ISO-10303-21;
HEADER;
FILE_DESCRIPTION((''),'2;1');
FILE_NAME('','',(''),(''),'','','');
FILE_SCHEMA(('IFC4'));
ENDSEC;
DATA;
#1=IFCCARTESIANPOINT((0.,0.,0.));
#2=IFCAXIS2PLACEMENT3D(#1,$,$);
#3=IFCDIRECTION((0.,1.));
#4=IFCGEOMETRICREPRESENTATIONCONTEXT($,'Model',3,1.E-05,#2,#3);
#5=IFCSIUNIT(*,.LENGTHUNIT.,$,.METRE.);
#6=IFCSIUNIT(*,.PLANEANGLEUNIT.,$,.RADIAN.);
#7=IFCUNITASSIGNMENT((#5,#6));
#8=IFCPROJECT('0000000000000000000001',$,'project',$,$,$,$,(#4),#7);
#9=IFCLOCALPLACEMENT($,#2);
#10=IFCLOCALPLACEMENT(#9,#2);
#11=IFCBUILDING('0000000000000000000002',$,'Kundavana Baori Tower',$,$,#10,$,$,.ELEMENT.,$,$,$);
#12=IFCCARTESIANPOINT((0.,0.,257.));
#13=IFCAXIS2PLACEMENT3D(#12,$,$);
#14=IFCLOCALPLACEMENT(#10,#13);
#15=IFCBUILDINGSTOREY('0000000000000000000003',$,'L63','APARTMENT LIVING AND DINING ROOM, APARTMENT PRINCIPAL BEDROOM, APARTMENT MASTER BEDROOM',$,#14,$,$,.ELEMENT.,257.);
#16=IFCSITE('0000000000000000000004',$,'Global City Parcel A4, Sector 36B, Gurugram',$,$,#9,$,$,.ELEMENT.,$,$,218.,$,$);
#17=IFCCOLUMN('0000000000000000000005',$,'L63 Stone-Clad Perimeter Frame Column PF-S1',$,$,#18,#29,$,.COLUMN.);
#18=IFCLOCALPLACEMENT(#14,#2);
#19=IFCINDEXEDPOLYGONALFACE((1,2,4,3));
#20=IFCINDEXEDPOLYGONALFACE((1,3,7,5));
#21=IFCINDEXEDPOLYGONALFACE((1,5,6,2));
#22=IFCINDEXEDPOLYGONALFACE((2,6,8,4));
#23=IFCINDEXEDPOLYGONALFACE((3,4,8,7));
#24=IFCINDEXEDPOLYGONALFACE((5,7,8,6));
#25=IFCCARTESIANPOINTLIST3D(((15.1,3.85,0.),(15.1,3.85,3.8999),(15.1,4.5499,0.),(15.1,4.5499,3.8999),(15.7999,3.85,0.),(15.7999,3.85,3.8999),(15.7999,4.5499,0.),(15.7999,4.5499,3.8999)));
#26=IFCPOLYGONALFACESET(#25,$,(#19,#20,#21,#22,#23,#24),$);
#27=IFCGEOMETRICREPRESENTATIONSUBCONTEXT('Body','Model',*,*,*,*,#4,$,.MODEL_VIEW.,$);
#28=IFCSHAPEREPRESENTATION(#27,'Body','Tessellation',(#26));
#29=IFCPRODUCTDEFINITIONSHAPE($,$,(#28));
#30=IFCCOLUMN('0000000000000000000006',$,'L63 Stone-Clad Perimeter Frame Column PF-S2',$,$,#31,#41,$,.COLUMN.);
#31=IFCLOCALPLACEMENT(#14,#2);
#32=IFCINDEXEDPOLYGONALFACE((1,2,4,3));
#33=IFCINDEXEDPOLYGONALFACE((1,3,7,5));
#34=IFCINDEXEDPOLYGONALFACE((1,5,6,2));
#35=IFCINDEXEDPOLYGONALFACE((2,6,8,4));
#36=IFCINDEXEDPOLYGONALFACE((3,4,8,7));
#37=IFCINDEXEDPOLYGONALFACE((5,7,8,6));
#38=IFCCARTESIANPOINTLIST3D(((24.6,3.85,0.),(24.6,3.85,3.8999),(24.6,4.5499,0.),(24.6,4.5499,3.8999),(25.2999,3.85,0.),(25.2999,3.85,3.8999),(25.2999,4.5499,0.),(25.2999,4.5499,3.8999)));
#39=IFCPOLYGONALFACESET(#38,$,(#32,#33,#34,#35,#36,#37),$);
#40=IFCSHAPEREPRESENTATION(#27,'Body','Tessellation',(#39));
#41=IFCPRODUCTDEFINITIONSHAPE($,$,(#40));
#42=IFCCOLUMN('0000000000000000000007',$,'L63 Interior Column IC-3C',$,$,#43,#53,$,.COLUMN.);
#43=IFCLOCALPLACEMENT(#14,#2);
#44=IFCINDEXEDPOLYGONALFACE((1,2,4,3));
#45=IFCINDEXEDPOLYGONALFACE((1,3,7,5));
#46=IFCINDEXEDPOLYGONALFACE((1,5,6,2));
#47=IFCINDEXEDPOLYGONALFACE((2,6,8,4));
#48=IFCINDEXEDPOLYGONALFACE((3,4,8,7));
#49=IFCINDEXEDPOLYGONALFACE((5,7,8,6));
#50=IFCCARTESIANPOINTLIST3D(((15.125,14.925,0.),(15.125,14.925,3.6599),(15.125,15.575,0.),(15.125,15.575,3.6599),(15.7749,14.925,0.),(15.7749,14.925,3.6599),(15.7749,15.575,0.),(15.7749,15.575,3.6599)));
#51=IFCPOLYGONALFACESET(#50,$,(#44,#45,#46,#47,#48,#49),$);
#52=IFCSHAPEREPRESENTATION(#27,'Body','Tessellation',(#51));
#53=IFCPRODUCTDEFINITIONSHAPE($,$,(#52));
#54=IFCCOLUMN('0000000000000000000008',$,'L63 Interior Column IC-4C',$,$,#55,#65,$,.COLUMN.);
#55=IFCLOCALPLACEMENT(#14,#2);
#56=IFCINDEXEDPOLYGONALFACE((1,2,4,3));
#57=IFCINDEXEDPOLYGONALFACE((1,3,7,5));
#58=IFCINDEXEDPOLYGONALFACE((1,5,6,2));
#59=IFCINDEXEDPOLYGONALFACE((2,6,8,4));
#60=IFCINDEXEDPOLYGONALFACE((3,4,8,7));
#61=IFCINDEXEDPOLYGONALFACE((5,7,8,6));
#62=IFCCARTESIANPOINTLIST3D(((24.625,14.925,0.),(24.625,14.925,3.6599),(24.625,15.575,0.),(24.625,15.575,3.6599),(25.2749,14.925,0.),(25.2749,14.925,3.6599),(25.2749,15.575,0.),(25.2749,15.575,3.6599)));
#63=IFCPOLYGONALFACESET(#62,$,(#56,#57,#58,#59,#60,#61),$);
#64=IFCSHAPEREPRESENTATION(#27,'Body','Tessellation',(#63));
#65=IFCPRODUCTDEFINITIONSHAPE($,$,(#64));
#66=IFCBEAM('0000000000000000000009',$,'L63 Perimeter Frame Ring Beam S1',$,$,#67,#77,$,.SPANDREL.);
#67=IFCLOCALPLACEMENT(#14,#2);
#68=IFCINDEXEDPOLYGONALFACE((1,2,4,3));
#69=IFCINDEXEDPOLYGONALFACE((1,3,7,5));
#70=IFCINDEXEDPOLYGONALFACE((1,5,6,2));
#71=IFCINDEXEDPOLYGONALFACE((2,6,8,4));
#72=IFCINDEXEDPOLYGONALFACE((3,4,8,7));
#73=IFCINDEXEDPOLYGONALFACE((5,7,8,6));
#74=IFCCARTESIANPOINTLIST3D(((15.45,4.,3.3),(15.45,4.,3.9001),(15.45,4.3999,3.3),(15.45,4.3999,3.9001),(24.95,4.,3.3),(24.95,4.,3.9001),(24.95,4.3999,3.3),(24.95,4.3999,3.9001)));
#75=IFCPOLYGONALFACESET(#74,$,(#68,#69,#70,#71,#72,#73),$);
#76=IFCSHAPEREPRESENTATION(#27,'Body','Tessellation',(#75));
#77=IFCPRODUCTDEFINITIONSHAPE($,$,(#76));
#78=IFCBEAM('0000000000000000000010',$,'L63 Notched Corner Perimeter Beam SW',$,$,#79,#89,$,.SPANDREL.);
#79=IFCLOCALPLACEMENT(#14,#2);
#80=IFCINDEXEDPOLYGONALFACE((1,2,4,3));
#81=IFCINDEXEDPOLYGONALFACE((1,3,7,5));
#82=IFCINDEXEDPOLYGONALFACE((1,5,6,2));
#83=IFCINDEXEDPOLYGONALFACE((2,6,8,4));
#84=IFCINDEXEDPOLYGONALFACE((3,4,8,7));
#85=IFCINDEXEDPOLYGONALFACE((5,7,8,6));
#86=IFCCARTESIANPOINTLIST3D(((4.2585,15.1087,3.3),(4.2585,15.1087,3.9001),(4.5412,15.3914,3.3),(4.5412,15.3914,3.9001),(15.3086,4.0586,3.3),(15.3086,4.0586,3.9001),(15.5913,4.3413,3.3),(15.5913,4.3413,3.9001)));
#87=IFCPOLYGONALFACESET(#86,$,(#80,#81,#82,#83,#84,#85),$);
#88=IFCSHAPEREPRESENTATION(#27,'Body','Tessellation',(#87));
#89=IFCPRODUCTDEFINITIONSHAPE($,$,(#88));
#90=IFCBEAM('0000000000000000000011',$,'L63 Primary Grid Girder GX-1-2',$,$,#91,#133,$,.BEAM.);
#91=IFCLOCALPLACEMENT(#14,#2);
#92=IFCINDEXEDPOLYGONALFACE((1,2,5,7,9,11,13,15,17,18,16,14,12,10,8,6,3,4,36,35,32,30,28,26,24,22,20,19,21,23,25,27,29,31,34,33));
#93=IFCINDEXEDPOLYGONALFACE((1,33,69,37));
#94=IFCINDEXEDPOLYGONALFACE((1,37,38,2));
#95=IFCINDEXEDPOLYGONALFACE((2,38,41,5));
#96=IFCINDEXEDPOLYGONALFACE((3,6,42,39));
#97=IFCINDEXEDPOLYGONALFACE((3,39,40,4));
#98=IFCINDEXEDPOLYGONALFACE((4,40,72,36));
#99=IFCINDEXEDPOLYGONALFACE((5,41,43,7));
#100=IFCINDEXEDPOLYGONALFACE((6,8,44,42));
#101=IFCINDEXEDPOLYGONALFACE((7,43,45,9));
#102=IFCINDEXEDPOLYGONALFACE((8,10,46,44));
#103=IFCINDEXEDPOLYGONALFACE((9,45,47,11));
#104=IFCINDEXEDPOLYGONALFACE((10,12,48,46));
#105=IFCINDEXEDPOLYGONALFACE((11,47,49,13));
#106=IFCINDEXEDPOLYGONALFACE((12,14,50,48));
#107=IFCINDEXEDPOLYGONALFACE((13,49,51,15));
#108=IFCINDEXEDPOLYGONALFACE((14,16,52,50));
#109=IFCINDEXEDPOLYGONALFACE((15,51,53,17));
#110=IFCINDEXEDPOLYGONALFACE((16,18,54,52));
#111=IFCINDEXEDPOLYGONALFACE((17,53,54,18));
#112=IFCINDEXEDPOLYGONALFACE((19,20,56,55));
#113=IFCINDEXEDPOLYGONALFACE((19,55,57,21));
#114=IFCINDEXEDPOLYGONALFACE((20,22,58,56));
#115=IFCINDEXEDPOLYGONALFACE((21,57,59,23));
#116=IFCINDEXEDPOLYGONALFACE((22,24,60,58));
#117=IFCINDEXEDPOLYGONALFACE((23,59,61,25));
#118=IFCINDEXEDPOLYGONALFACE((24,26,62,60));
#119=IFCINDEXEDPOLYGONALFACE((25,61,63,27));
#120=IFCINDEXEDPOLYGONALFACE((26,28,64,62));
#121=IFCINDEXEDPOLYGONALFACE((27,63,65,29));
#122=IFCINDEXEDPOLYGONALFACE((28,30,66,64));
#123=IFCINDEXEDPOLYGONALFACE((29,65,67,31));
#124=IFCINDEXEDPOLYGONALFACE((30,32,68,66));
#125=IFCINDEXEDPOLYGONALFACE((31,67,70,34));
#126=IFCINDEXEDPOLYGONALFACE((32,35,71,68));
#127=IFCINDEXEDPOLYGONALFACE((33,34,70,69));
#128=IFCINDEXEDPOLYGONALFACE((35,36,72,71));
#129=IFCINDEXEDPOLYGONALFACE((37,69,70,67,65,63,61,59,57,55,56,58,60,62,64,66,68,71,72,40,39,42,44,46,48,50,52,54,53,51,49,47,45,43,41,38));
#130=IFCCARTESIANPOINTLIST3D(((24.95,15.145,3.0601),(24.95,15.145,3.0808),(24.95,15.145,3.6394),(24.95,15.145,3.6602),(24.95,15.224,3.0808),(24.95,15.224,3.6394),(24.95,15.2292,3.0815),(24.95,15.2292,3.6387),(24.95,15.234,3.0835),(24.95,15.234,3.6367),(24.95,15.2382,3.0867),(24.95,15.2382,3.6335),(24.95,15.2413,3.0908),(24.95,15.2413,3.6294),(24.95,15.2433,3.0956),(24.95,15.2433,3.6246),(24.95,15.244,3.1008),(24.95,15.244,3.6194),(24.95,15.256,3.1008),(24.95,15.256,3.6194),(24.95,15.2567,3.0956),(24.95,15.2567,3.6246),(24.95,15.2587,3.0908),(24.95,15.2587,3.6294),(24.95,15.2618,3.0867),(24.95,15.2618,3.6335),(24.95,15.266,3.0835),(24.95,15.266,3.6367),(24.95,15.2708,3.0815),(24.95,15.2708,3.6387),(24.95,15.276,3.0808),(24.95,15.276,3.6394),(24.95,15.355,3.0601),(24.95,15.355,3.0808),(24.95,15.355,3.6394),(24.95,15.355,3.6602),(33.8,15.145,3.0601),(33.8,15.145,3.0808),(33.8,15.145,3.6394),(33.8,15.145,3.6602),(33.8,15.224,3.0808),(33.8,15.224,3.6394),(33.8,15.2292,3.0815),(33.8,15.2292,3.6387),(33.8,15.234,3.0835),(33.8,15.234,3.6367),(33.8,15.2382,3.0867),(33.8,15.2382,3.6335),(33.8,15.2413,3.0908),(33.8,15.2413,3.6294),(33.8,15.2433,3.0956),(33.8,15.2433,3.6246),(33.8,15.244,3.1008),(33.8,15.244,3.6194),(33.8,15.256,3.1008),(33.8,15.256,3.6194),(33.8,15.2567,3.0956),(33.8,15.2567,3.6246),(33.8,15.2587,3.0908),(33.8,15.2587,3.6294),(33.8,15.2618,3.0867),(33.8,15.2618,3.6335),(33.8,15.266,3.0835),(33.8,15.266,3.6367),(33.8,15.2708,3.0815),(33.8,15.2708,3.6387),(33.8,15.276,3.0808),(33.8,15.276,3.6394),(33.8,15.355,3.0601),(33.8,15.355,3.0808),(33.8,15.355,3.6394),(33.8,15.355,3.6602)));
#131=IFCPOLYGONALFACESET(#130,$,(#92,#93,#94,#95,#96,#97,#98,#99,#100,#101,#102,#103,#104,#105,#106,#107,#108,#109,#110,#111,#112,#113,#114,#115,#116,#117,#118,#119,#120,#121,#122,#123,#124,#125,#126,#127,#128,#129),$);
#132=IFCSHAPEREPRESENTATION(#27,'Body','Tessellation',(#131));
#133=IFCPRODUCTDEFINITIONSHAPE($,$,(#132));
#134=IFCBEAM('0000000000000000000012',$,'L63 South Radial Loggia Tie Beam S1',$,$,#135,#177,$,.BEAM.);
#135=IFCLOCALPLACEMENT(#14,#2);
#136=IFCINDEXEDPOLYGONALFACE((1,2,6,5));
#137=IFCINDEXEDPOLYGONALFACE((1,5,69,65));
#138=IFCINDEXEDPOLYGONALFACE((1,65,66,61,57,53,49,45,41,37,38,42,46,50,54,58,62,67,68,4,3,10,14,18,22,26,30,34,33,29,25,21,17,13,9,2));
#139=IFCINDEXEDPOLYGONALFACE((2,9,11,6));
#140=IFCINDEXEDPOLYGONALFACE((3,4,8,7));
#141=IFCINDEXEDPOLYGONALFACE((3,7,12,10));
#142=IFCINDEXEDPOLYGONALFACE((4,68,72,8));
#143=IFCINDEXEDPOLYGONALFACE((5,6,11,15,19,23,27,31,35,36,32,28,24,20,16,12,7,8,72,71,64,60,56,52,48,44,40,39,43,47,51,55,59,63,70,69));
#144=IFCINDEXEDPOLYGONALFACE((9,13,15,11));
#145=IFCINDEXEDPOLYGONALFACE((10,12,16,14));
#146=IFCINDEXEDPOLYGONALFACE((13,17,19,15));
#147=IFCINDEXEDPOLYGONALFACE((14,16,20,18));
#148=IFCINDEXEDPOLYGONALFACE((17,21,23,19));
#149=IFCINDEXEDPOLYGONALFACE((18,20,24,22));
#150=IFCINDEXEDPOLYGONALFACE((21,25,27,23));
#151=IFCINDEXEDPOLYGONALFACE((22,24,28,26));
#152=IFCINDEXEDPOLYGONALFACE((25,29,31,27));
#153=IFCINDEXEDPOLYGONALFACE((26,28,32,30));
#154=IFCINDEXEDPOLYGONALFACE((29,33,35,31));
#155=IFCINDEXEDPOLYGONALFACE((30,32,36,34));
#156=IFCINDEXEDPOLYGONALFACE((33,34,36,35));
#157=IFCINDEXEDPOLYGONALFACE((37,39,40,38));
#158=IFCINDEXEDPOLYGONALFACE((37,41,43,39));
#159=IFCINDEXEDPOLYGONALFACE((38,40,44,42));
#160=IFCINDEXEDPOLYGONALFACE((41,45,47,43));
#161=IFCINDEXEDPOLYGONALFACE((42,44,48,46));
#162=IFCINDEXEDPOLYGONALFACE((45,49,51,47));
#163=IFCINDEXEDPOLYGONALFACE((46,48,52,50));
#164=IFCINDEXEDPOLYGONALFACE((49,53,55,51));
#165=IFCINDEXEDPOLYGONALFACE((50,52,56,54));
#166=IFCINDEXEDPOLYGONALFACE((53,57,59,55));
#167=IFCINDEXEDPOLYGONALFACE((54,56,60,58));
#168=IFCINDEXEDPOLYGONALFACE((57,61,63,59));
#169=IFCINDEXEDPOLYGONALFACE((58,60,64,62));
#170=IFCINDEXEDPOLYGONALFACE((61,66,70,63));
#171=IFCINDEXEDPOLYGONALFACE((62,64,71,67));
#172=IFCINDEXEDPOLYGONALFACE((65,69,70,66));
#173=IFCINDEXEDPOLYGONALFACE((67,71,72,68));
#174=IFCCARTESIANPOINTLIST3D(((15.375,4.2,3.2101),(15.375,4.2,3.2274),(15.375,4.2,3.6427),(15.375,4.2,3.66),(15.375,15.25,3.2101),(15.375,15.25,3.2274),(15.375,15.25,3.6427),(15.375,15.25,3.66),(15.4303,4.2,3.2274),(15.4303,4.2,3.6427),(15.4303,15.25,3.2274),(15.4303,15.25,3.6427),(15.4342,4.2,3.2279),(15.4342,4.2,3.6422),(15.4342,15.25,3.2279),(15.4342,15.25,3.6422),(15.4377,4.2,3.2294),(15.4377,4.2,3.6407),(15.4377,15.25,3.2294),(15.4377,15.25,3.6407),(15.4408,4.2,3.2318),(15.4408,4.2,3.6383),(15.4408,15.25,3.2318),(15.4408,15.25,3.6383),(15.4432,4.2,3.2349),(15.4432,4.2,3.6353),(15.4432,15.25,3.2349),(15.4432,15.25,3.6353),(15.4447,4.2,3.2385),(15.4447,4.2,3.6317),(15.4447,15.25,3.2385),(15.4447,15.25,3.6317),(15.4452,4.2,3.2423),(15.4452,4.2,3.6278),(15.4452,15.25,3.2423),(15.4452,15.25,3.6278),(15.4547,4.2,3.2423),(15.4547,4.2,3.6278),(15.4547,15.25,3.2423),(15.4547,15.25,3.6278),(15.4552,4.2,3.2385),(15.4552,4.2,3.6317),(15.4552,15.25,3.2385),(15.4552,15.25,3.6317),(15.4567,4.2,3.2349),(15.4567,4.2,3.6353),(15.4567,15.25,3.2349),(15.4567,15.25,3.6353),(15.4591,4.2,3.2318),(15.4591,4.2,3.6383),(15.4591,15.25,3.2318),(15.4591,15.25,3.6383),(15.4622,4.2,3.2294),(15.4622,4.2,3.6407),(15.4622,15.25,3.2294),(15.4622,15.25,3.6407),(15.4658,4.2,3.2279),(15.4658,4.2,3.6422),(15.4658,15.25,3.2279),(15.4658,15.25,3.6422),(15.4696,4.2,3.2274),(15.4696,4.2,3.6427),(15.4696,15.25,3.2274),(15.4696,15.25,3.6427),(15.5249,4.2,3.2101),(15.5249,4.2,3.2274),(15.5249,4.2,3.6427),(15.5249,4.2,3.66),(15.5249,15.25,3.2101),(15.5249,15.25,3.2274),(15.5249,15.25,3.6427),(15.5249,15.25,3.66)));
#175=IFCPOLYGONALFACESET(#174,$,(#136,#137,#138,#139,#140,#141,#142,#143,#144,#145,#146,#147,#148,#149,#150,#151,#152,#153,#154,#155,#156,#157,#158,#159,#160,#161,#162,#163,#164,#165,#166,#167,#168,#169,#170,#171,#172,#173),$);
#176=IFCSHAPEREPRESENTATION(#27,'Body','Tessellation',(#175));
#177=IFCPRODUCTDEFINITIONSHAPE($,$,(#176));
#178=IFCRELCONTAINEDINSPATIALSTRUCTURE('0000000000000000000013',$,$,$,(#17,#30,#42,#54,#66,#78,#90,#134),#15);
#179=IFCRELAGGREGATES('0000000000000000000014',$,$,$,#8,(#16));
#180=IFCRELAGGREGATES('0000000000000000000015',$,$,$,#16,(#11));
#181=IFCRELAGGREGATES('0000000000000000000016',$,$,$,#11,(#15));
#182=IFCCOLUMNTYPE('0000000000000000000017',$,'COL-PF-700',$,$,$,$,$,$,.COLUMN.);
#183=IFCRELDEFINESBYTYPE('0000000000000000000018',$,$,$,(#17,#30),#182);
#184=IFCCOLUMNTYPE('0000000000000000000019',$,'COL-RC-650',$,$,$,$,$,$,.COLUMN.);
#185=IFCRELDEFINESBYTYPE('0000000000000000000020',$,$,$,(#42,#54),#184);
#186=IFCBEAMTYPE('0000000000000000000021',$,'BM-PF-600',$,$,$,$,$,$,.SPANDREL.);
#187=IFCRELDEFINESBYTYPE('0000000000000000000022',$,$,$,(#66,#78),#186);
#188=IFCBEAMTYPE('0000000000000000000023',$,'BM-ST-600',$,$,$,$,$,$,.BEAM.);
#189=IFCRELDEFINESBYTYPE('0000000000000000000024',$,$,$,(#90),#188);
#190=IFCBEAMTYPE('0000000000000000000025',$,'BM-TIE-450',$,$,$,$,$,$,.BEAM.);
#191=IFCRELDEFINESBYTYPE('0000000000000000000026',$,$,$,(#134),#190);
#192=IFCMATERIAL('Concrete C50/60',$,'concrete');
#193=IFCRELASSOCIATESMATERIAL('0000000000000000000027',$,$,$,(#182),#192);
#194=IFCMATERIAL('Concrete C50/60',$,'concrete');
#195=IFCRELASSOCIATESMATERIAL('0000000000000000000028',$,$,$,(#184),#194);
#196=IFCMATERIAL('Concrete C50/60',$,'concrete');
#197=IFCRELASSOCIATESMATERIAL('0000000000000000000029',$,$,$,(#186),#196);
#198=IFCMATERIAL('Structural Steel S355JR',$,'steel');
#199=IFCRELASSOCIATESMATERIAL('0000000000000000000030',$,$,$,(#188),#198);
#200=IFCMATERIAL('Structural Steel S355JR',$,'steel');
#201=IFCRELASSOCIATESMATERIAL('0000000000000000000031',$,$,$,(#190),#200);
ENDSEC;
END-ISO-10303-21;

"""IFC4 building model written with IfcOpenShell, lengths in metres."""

from ifc_helpers import new_model, si_unit, direction, frame, origin, origin_2d, place, context, subcontext, project, spatial, rectangle, i_section, extrude, material, material_profile, profile_set, type_object, element, save


model = new_model("IFC4")

# Units and contexts
model_context = context("Model", 3, precision=1e-05, world=origin(), true_north=direction((0.0, 1.0)))
body_context = subcontext(model_context, "Body", "Model", "MODEL_VIEW")
ifc_project = project(units=[si_unit("LENGTHUNIT", "METRE"), si_unit("PLANEANGLEUNIT", "RADIAN")], contexts=[model_context])

# Site, building, storey
site_placement = place(None, origin())
site = spatial("IfcSite", under=ifc_project, at=site_placement, Name="Global City Parcel A4, Sector 36B, Gurugram", CompositionType="ELEMENT", RefElevation=218.0)
building_placement = place(site_placement, origin())
building = spatial("IfcBuilding", under=site, at=building_placement, Name="Kundavana Baori Tower", CompositionType="ELEMENT")
storey_placement = place(building_placement, frame((0.0, 0.0, 257.0)))
storey = spatial("IfcBuildingStorey", under=building, at=storey_placement, Name="L63", Description="APARTMENT LIVING AND DINING ROOM, APARTMENT PRINCIPAL BEDROOM, APARTMENT MASTER BEDROOM", CompositionType="ELEMENT", Elevation=257.0)

# Columns
ifc_material_1 = material(Name="Concrete C50/60", Category="concrete")
ifc_material_profile_1 = material_profile(ifc_material_1, rectangle(XDim=0.7, YDim=0.7, at=origin_2d()), Name="RC PF 700x700")
ifc_profile_set_1 = profile_set([ifc_material_profile_1], Name="Concrete C50/60")
column_type_1 = type_object("IfcColumnType", Name="COL-PF-700", PredefinedType="COLUMN", material=ifc_profile_set_1)
for number, where, z_axis, x_axis, name in (
    (1, (15.45, 4.2, 0.0), (0.0, 0.0, 1.0), (1.0, 0.0, 0.0), "L63 Stone-Clad Perimeter Frame Column PF-S1"),
    (2, (24.95, 4.2, 0.0), (0.0, 0.0, 1.0), (1.0, 0.0, 0.0), "L63 Stone-Clad Perimeter Frame Column PF-S2"),
):
    element("IfcColumn", number, at=place(storey_placement, frame(where, z_axis=z_axis, x_axis=x_axis)), inside=storey, type_object=column_type_1, Name=name, PredefinedType="COLUMN", context=body_context, shape_type="SweptSolid", body=[
        extrude(rectangle(XDim=0.7, YDim=0.7, at=origin_2d()), origin(), (0.0, 0.0, 1.0), 3.8999),
    ])
ifc_material_2 = material(Name="Concrete C50/60", Category="concrete")
ifc_material_profile_2 = material_profile(ifc_material_2, rectangle(XDim=0.6499, YDim=0.6499, at=origin_2d()), Name="RC 650x650")
ifc_profile_set_2 = profile_set([ifc_material_profile_2], Name="Concrete C50/60")
column_type_2 = type_object("IfcColumnType", Name="COL-RC-650", PredefinedType="COLUMN", material=ifc_profile_set_2)
for number, where, z_axis, x_axis, name in (
    (3, (15.45, 15.25, 0.0), (0.0, 0.0, 1.0), (1.0, 0.0, 0.0), "L63 Interior Column IC-3C"),
    (4, (24.95, 15.25, 0.0), (0.0, 0.0, 1.0), (1.0, 0.0, 0.0), "L63 Interior Column IC-4C"),
):
    element("IfcColumn", number, at=place(storey_placement, frame(where, z_axis=z_axis, x_axis=x_axis)), inside=storey, type_object=column_type_2, Name=name, PredefinedType="COLUMN", context=body_context, shape_type="SweptSolid", body=[
        extrude(rectangle(XDim=0.6499, YDim=0.6499, at=origin_2d()), origin(), (0.0, 0.0, 1.0), 3.6599),
    ])

# Beams
ifc_material_3 = material(Name="Concrete C50/60", Category="concrete")
ifc_material_profile_3 = material_profile(ifc_material_3, rectangle(XDim=0.3999, YDim=0.6001, at=origin_2d()), Name="RC BM 400x600")
ifc_profile_set_3 = profile_set([ifc_material_profile_3], Name="Concrete C50/60")
beam_type_1 = type_object("IfcBeamType", Name="BM-PF-600", PredefinedType="SPANDREL", material=ifc_profile_set_3)
beam_1_placement = place(storey_placement, frame((15.45, 4.2, 3.6001), z_axis=(1.0, 0.0, 0.0), x_axis=(0.0, 1.0, 0.0)))
element("IfcBeam", 5, at=beam_1_placement, inside=storey, type_object=beam_type_1, Name="L63 Perimeter Frame Ring Beam S1", PredefinedType="SPANDREL", context=body_context, shape_type="SweptSolid", body=[
    extrude(rectangle(XDim=0.3999, YDim=0.6001, at=origin_2d()), origin(), (0.0, 0.0, 1.0), 9.5),
])
beam_2_placement = place(storey_placement, frame((15.45, 4.2, 3.6001), z_axis=(-0.707107, 0.707107, 0.0), x_axis=(-0.707107, -0.707107, 0.0)))
element("IfcBeam", 6, at=beam_2_placement, inside=storey, type_object=beam_type_1, Name="L63 Notched Corner Perimeter Beam SW", PredefinedType="SPANDREL", context=body_context, shape_type="SweptSolid", body=[
    extrude(rectangle(XDim=0.3999, YDim=0.6001, at=origin_2d()), origin(), (0.0, 0.0, 1.0), 15.6272),
])
ifc_material_4 = material(Name="Structural Steel S355JR", Category="steel")
ifc_material_profile_4 = material_profile(ifc_material_4, i_section(OverallWidth=0.21, OverallDepth=0.6001, WebThickness=0.012, FlangeThickness=0.0208, FilletRadius=0.02, at=origin_2d()), Name="ISMB 600")
ifc_profile_set_4 = profile_set([ifc_material_profile_4], Name="Structural Steel S355JR")
beam_type_2 = type_object("IfcBeamType", Name="BM-ST-600", PredefinedType="BEAM", material=ifc_profile_set_4)
beam_3_placement = place(storey_placement, frame((24.95, 15.25, 3.3601), z_axis=(1.0, 0.0, 0.0), x_axis=(0.0, 1.0, 0.0)))
element("IfcBeam", 7, at=beam_3_placement, inside=storey, type_object=beam_type_2, Name="L63 Primary Grid Girder GX-1-2", PredefinedType="BEAM", context=body_context, shape_type="SweptSolid", body=[
    extrude(i_section(OverallWidth=0.21, OverallDepth=0.6001, WebThickness=0.012, FlangeThickness=0.0208, FilletRadius=0.02, at=origin_2d()), origin(), (0.0, 0.0, 1.0), 8.8501),
])
ifc_material_5 = material(Name="Structural Steel S355JR", Category="steel")
ifc_material_profile_5 = material_profile(ifc_material_5, i_section(OverallWidth=0.1499, OverallDepth=0.45, WebThickness=0.0095, FlangeThickness=0.0173, FilletRadius=0.0149, at=origin_2d()), Name="ISMB 450")
ifc_profile_set_5 = profile_set([ifc_material_profile_5], Name="Structural Steel S355JR")
beam_type_3 = type_object("IfcBeamType", Name="BM-TIE-450", PredefinedType="BEAM", material=ifc_profile_set_5)
for number, where, z_axis, x_axis, name in (
    (8, (15.45, 15.25, 3.4351), (0.0, -1.0, 0.0), (1.0, 0.0, 0.0), "L63 South Radial Loggia Tie Beam S1"),
):
    element("IfcBeam", number, at=place(storey_placement, frame(where, z_axis=z_axis, x_axis=x_axis)), inside=storey, type_object=beam_type_3, Name=name, PredefinedType="BEAM", context=body_context, shape_type="SweptSolid", body=[
        extrude(i_section(OverallWidth=0.1499, OverallDepth=0.45, WebThickness=0.0095, FlangeThickness=0.0173, FilletRadius=0.0149, at=origin_2d()), origin(), (0.0, 0.0, 1.0), 11.05),
    ])

save(model, "model.ifc")
